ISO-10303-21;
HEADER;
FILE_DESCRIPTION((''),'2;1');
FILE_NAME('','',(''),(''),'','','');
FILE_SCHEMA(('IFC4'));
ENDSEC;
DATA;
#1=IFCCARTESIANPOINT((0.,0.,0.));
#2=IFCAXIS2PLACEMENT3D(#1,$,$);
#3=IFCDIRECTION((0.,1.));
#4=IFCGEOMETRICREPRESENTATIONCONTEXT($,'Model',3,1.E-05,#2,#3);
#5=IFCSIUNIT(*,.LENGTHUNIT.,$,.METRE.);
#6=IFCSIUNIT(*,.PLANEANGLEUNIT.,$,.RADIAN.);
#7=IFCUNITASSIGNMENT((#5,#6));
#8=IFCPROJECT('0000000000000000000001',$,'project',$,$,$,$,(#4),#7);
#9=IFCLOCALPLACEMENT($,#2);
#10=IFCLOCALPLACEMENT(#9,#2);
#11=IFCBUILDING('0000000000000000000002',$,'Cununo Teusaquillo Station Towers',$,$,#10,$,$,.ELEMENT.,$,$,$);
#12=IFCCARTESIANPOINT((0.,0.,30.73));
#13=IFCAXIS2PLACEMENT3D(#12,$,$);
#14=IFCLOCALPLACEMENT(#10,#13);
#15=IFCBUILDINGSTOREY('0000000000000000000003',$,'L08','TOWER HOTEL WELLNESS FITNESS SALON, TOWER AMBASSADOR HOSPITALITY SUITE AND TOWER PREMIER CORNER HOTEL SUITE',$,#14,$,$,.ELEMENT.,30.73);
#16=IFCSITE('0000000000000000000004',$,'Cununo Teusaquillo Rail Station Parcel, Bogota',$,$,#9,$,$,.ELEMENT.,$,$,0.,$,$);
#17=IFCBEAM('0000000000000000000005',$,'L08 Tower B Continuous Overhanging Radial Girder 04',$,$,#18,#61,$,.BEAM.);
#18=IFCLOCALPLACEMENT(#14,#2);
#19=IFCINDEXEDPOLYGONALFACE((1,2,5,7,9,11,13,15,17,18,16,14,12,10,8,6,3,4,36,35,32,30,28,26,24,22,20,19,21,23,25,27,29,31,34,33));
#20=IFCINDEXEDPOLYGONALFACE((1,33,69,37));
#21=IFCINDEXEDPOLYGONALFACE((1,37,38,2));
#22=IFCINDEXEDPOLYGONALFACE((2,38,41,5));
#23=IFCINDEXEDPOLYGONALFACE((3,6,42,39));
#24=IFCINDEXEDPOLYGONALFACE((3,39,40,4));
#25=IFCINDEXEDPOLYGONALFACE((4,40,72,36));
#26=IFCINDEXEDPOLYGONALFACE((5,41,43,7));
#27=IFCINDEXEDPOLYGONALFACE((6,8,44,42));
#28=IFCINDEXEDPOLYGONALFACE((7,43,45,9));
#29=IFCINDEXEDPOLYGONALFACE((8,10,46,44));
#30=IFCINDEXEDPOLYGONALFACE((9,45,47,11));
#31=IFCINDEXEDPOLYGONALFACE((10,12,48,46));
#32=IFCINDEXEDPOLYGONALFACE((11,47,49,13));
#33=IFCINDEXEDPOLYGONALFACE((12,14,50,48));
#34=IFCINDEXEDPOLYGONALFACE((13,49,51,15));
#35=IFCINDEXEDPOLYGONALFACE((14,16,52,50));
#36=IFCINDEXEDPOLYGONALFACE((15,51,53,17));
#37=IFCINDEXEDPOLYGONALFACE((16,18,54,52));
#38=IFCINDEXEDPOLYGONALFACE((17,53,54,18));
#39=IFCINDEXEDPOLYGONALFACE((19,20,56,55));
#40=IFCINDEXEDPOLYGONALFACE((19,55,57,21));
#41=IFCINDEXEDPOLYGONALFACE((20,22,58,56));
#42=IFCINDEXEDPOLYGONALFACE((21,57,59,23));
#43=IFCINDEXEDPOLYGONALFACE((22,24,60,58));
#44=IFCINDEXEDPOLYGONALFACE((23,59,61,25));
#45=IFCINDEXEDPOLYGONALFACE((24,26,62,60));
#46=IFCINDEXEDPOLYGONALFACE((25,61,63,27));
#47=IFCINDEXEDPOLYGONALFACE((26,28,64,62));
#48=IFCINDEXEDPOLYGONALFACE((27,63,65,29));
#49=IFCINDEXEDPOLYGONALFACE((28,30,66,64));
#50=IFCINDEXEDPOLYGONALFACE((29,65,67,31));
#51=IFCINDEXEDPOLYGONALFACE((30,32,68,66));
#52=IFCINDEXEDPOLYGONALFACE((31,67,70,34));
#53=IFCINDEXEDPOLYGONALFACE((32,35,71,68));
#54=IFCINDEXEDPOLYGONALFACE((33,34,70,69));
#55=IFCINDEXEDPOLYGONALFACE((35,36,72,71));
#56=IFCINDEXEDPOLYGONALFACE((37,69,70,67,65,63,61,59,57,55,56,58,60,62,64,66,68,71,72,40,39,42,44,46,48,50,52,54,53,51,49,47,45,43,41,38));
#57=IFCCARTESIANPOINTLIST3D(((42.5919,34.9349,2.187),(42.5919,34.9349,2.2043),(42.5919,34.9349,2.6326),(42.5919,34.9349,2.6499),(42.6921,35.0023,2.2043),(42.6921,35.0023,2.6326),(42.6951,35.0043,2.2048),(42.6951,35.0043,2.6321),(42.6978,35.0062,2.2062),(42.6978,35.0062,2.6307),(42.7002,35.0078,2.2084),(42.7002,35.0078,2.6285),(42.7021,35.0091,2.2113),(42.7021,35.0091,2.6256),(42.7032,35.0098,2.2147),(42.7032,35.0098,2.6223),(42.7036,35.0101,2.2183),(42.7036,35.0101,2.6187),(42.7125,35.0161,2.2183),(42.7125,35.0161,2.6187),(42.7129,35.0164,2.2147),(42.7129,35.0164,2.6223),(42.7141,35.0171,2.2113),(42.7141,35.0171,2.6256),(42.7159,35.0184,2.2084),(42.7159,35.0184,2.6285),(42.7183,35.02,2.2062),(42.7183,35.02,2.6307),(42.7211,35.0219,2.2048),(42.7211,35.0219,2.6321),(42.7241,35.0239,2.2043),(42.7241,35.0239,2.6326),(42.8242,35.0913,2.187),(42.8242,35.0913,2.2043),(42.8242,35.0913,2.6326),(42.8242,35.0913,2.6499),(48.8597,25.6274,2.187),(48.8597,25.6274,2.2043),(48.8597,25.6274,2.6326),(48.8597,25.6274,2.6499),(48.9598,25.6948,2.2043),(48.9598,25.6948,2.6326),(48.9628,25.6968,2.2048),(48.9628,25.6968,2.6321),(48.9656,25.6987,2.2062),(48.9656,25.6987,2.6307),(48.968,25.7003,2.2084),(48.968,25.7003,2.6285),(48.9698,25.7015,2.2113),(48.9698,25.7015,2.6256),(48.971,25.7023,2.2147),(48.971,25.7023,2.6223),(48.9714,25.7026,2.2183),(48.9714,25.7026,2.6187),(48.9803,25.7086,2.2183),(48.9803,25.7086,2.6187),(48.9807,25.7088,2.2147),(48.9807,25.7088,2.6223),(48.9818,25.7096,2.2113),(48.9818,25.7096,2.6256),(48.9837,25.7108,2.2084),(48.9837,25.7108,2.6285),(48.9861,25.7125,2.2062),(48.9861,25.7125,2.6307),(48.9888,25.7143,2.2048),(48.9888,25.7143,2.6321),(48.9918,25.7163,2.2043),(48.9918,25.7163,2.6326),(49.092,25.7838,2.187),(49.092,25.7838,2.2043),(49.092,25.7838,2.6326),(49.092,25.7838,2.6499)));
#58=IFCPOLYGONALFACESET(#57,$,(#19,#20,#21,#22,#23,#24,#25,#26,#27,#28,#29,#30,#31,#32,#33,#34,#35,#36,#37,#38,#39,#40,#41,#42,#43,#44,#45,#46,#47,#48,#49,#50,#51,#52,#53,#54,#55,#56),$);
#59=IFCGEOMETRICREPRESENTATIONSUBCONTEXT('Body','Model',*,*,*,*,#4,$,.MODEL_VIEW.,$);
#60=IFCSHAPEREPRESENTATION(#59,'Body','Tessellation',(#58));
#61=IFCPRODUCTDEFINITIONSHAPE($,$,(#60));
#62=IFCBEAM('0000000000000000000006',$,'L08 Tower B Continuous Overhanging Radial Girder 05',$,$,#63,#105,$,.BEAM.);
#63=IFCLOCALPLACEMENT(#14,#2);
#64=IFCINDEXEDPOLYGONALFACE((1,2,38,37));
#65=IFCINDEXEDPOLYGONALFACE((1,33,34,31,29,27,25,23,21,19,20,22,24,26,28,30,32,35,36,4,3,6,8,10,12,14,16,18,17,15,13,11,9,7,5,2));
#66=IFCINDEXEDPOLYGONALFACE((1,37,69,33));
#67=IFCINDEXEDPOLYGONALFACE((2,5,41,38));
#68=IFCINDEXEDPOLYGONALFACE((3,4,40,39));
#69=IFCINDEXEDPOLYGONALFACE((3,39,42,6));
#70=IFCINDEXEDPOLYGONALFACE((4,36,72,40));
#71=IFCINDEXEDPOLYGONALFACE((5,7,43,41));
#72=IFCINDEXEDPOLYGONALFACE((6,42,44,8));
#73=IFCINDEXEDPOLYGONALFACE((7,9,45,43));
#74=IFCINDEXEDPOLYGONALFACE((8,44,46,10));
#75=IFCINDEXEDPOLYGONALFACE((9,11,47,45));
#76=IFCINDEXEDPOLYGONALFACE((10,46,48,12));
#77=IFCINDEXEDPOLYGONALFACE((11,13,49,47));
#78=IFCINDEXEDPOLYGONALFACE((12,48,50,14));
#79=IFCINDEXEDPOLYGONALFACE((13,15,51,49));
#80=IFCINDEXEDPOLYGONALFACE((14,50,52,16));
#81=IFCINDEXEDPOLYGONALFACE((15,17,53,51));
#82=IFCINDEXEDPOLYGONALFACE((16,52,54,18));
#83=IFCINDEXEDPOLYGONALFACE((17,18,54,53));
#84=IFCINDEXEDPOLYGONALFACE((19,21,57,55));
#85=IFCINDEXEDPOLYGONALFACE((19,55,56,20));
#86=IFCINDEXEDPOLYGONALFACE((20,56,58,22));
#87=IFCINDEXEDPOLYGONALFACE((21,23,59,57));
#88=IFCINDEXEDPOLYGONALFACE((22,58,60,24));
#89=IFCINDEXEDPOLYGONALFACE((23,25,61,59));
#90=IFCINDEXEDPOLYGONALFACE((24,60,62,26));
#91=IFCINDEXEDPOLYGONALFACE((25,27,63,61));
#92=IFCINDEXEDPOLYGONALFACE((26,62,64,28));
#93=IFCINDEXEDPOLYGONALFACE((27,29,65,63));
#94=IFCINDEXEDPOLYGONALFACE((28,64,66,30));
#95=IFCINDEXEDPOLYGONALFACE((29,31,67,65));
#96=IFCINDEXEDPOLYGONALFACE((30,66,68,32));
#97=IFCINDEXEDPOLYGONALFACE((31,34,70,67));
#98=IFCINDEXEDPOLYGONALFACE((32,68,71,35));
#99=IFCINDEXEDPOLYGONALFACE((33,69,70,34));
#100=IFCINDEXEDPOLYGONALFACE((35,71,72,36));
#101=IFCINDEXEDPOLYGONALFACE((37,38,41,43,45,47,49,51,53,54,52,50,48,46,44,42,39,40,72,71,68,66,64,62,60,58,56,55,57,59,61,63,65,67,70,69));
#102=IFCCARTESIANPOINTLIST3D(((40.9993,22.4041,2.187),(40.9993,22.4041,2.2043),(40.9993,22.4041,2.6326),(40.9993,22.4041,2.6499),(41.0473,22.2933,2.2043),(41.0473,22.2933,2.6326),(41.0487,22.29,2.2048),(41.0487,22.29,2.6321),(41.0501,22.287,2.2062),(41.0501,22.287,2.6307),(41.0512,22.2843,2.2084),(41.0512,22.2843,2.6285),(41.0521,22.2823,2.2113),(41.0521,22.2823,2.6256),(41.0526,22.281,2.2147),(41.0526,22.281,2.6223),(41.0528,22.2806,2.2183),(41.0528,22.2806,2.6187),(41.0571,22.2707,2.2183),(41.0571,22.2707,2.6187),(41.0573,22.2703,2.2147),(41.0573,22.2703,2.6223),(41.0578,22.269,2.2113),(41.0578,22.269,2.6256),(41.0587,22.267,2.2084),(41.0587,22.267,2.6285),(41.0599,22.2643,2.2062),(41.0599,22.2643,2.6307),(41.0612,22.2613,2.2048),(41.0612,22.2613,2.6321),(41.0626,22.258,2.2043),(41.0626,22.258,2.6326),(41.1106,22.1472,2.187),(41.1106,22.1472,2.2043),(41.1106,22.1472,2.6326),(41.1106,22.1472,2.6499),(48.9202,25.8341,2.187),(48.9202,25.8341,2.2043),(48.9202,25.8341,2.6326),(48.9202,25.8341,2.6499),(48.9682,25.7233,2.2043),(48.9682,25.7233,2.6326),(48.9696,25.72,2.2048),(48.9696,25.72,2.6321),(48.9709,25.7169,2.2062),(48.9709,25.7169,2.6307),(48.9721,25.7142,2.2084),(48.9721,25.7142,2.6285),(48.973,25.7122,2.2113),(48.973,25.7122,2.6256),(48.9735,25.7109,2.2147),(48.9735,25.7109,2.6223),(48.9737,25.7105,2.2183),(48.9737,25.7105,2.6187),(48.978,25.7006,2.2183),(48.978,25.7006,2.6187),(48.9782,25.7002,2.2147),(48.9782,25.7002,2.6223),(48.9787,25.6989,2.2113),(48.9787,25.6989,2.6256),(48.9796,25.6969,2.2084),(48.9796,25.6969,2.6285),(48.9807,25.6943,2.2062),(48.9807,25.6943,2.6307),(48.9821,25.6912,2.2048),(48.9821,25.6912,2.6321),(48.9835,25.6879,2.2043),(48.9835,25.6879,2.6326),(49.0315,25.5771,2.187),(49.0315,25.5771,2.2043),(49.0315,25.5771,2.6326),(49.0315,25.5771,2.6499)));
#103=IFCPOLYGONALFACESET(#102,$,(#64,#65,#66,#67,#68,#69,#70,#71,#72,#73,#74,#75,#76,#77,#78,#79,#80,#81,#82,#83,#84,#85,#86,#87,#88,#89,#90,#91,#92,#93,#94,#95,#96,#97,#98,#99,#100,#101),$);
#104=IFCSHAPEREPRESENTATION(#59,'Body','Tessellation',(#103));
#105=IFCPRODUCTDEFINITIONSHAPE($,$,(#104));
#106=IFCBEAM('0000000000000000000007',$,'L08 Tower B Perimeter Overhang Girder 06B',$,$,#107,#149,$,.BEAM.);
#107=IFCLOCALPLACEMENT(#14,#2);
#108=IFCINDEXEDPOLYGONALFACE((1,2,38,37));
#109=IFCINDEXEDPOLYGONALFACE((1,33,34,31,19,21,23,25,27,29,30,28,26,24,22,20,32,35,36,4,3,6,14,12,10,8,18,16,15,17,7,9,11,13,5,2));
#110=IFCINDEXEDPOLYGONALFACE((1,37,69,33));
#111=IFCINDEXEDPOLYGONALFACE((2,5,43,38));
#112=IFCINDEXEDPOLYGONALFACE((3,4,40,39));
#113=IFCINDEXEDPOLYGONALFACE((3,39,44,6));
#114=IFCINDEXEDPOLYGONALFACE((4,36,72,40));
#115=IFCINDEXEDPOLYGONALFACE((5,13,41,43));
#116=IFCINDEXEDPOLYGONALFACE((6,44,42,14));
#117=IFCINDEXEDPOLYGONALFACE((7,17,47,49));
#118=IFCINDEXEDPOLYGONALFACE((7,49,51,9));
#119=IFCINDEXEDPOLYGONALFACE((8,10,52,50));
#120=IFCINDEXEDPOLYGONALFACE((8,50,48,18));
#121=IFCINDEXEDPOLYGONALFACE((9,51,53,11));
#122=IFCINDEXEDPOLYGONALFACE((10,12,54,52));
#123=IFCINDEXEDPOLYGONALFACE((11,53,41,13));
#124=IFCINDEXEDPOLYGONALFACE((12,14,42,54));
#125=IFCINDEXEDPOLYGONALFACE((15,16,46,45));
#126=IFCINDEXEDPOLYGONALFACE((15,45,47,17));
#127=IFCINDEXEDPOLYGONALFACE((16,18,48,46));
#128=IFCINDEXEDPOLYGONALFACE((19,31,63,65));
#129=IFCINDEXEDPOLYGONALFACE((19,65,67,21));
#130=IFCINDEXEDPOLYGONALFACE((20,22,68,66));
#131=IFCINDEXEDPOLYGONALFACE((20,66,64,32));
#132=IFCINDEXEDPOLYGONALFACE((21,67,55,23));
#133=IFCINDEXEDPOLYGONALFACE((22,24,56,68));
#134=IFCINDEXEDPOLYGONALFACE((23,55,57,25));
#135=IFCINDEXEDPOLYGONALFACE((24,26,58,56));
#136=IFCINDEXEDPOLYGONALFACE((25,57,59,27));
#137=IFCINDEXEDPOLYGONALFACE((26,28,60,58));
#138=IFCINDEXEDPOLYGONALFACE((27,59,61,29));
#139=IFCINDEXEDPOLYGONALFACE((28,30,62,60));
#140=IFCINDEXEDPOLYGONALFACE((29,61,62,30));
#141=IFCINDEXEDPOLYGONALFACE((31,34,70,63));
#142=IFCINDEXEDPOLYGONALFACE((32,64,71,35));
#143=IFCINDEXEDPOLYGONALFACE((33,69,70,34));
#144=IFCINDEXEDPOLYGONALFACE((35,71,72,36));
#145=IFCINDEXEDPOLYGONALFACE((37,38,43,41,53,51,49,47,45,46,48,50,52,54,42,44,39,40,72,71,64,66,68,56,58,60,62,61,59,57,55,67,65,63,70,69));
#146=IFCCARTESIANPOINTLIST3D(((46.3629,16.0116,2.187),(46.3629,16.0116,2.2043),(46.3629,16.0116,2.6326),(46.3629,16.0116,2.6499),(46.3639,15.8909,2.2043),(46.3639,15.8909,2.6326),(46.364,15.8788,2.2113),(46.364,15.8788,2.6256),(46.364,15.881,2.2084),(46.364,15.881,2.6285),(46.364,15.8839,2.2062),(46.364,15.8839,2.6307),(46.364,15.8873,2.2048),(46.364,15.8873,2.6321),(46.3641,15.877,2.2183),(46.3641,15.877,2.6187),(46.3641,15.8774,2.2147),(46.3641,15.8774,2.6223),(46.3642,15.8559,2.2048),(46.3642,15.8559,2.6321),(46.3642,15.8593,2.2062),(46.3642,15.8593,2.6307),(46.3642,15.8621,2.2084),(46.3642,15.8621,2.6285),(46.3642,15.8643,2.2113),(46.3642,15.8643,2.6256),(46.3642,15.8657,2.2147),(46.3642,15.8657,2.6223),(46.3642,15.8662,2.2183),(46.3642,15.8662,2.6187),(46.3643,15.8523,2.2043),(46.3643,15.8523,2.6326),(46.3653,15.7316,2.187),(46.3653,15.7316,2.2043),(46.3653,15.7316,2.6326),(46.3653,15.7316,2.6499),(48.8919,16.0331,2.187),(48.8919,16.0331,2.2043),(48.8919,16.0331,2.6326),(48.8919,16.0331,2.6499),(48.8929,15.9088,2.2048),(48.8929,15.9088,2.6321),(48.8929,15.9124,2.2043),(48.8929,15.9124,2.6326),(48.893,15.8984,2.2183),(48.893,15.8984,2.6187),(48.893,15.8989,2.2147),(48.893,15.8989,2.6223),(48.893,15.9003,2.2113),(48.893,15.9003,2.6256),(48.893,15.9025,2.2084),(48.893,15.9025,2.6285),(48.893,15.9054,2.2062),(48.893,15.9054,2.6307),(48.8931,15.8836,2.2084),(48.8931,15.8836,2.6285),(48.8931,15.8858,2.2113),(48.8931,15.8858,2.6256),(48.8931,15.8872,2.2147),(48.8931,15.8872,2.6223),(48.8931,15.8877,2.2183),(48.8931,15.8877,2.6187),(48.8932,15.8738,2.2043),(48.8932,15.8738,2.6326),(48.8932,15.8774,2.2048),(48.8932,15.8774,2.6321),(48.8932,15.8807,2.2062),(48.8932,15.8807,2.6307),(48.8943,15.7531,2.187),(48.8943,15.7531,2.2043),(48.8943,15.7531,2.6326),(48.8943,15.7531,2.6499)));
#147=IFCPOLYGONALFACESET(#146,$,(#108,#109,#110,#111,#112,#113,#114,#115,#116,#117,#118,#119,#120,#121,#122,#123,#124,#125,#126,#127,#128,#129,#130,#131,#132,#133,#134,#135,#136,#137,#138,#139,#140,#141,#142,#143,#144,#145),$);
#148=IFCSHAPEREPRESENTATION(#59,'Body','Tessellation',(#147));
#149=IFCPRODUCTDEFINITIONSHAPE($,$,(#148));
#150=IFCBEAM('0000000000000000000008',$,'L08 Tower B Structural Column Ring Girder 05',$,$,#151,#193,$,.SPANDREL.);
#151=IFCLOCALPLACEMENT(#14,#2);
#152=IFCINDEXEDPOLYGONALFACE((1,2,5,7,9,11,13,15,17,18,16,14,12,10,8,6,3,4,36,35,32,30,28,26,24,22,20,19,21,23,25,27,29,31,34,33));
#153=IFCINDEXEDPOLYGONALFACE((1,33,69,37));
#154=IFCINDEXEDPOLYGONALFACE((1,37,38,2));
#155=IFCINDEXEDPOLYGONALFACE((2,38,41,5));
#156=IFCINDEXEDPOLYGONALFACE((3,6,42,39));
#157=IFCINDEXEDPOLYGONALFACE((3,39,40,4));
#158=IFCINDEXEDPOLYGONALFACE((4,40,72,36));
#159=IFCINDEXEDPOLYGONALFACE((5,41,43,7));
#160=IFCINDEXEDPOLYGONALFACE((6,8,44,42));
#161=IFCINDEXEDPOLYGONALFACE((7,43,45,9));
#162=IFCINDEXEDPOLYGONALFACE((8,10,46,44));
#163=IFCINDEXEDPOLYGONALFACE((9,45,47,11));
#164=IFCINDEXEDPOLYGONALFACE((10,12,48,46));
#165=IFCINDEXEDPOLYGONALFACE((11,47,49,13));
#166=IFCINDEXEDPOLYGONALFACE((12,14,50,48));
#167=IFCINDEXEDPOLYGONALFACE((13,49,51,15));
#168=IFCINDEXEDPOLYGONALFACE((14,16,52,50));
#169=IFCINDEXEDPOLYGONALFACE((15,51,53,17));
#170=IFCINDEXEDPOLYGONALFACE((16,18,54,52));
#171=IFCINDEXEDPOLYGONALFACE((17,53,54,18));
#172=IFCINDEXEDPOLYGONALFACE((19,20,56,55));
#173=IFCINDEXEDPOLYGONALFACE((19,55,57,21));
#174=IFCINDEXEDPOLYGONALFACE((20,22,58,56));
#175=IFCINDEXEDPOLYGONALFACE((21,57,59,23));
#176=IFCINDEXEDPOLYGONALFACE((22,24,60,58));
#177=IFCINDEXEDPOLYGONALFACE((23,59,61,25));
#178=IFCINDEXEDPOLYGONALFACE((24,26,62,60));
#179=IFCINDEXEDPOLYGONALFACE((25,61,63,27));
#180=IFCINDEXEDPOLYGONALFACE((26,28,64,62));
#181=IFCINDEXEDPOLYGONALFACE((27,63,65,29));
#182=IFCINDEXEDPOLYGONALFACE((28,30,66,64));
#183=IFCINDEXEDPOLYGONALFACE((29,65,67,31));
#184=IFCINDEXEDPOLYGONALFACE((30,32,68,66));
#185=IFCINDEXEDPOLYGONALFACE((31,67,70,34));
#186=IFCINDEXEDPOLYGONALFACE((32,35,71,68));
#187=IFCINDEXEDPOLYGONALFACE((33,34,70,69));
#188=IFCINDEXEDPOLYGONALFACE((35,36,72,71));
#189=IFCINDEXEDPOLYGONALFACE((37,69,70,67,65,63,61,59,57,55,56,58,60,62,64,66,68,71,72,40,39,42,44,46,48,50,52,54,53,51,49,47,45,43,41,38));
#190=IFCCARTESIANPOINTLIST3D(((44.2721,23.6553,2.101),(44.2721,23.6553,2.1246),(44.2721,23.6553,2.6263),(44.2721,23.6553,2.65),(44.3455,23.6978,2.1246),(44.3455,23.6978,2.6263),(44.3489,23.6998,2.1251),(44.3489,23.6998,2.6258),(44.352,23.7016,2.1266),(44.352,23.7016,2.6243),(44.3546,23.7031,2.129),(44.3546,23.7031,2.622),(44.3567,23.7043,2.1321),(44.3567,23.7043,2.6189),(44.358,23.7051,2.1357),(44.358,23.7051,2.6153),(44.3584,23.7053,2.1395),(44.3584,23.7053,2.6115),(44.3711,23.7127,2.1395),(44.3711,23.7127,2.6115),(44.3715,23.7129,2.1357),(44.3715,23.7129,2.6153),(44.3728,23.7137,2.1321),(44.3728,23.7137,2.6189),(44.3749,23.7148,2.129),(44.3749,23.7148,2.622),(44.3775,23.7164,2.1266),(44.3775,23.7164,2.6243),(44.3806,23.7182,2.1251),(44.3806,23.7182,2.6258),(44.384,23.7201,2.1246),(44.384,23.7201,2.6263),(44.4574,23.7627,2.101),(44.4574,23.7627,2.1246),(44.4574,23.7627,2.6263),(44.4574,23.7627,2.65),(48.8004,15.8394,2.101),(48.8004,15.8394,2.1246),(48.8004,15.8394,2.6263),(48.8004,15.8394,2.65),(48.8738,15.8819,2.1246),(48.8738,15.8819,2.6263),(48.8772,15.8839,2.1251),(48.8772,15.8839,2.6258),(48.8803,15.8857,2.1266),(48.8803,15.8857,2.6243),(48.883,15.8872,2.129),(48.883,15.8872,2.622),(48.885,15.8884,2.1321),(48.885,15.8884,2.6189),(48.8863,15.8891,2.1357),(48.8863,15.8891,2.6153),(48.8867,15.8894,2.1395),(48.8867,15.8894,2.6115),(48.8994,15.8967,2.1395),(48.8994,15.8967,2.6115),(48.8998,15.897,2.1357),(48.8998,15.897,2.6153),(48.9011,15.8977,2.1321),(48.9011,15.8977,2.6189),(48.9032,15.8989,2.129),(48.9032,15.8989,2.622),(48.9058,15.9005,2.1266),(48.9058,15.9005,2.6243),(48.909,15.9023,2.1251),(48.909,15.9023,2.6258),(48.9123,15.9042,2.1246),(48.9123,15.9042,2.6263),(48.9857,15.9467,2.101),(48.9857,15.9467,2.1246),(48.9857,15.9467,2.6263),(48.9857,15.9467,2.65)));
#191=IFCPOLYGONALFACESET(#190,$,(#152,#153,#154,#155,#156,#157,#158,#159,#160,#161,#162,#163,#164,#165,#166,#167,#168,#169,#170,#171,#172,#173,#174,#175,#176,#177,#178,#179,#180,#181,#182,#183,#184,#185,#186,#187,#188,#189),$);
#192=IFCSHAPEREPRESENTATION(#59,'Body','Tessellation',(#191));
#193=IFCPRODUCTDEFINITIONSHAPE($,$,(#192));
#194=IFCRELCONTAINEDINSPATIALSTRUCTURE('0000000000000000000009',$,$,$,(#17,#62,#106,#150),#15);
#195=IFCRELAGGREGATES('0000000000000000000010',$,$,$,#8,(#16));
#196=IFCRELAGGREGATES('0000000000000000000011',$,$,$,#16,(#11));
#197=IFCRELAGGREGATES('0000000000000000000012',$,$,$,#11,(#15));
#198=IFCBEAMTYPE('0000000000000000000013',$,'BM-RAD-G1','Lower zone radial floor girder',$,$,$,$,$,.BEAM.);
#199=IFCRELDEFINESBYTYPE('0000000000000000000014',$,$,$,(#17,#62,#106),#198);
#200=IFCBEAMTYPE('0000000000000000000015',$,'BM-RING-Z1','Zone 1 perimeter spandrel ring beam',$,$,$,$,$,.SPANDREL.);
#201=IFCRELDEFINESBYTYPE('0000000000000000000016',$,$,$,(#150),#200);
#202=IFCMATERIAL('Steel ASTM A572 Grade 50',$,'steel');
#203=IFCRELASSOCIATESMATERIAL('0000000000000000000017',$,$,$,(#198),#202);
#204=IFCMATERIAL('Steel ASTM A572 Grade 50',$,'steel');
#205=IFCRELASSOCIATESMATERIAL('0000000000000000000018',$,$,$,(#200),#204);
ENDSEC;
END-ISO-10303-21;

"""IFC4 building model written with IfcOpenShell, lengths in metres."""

from ifc_helpers import new_model, si_unit, direction, frame, origin, origin_2d, place, context, subcontext, project, spatial, i_section, extrude, material, material_profile, profile_set, type_object, element, save


model = new_model("IFC4")

# Units and contexts
model_context = context("Model", 3, precision=1e-05, world=origin(), true_north=direction((0.0, 1.0)))
body_context = subcontext(model_context, "Body", "Model", "MODEL_VIEW")
ifc_project = project(units=[si_unit("LENGTHUNIT", "METRE"), si_unit("PLANEANGLEUNIT", "RADIAN")], contexts=[model_context])

# Site, building, storey
site_placement = place(None, origin())
site = spatial("IfcSite", under=ifc_project, at=site_placement, Name="Cununo Teusaquillo Rail Station Parcel, Bogota", CompositionType="ELEMENT", RefElevation=0.0)
building_placement = place(site_placement, origin())
building = spatial("IfcBuilding", under=site, at=building_placement, Name="Cununo Teusaquillo Station Towers", CompositionType="ELEMENT")
storey_placement = place(building_placement, frame((0.0, 0.0, 30.73)))
storey = spatial("IfcBuildingStorey", under=building, at=storey_placement, Name="L08", Description="TOWER HOTEL WELLNESS FITNESS SALON, TOWER AMBASSADOR HOSPITALITY SUITE AND TOWER PREMIER CORNER HOTEL SUITE", CompositionType="ELEMENT", Elevation=30.73)

# Beams
ifc_material_1 = material(Name="Steel ASTM A572 Grade 50", Category="steel")
ifc_material_profile_1 = material_profile(ifc_material_1, i_section(OverallWidth=0.28, OverallDepth=0.4629, WebThickness=0.0107, FlangeThickness=0.0173, FilletRadius=0.0139, at=origin_2d()), Name="W18X76")
ifc_profile_set_1 = profile_set([ifc_material_profile_1], Name="Steel ASTM A572 Grade 50")
beam_type_1 = type_object("IfcBeamType", Name="BM-RAD-G1", Description="Lower zone radial floor girder", PredefinedType="BEAM", material=ifc_profile_set_1)
beam_1_placement = place(storey_placement, frame((48.9758, 25.7056, 2.4185), z_axis=(-0.558565, 0.829461, 0.0), x_axis=(-0.829461, -0.558565, 0.0)))
element("IfcBeam", 1, at=beam_1_placement, inside=storey, type_object=beam_type_1, Name="L08 Tower B Continuous Overhanging Radial Girder 04", PredefinedType="BEAM", context=body_context, shape_type="SweptSolid", body=[
    extrude(i_section(OverallWidth=0.28, OverallDepth=0.4629, WebThickness=0.0107, FlangeThickness=0.0173, FilletRadius=0.0139, at=origin_2d()), origin(), (0.0, 0.0, 1.0), 11.2212),
])
beam_2_placement = place(storey_placement, frame((48.9758, 25.7056, 2.4185), z_axis=(-0.917659, -0.397368, 0.0), x_axis=(0.397368, -0.917659, 0.0)))
element("IfcBeam", 2, at=beam_2_placement, inside=storey, type_object=beam_type_1, Name="L08 Tower B Continuous Overhanging Radial Girder 05", PredefinedType="BEAM", context=body_context, shape_type="SweptSolid", body=[
    extrude(i_section(OverallWidth=0.28, OverallDepth=0.4629, WebThickness=0.0107, FlangeThickness=0.0173, FilletRadius=0.0139, at=origin_2d()), origin(), (0.0, 0.0, 1.0), 8.6316),
])
beam_3_placement = place(storey_placement, frame((48.8931, 15.8931, 2.4185), z_axis=(-0.999964, -0.008495, 0.0), x_axis=(0.008495, -0.999964, 0.0)))
element("IfcBeam", 3, at=beam_3_placement, inside=storey, type_object=beam_type_1, Name="L08 Tower B Perimeter Overhang Girder 06B", PredefinedType="BEAM", context=body_context, shape_type="SweptSolid", body=[
    extrude(i_section(OverallWidth=0.28, OverallDepth=0.4629, WebThickness=0.0107, FlangeThickness=0.0173, FilletRadius=0.0139, at=origin_2d()), origin(), (0.0, 0.0, 1.0), 2.5291),
])
ifc_material_2 = material(Name="Steel ASTM A572 Grade 50", Category="steel")
ifc_material_profile_2 = material_profile(ifc_material_2, i_section(OverallWidth=0.2141, OverallDepth=0.5491, WebThickness=0.0146, FlangeThickness=0.0237, FilletRadius=0.0149, at=origin_2d()), Name="W21X93")
ifc_profile_set_2 = profile_set([ifc_material_profile_2], Name="Steel ASTM A572 Grade 50")
beam_type_2 = type_object("IfcBeamType", Name="BM-RING-Z1", Description="Zone 1 perimeter spandrel ring beam", PredefinedType="SPANDREL", material=ifc_profile_set_2)
for number, where, z_axis, x_axis, name in (
    (4, (44.3647, 23.709, 2.3755), (0.501311, -0.865267, 0.0), (0.865267, 0.501311, 0.0), "L08 Tower B Structural Column Ring Girder 05"),
):
    element("IfcBeam", number, at=place(storey_placement, frame(where, z_axis=z_axis, x_axis=x_axis)), inside=storey, type_object=beam_type_2, Name=name, PredefinedType="SPANDREL", context=body_context, shape_type="SweptSolid", body=[
        extrude(i_section(OverallWidth=0.2141, OverallDepth=0.5491, WebThickness=0.0146, FlangeThickness=0.0237, FilletRadius=0.0149, at=origin_2d()), origin(), (0.0, 0.0, 1.0), 9.033),
    ])

save(model, "model.ifc")
